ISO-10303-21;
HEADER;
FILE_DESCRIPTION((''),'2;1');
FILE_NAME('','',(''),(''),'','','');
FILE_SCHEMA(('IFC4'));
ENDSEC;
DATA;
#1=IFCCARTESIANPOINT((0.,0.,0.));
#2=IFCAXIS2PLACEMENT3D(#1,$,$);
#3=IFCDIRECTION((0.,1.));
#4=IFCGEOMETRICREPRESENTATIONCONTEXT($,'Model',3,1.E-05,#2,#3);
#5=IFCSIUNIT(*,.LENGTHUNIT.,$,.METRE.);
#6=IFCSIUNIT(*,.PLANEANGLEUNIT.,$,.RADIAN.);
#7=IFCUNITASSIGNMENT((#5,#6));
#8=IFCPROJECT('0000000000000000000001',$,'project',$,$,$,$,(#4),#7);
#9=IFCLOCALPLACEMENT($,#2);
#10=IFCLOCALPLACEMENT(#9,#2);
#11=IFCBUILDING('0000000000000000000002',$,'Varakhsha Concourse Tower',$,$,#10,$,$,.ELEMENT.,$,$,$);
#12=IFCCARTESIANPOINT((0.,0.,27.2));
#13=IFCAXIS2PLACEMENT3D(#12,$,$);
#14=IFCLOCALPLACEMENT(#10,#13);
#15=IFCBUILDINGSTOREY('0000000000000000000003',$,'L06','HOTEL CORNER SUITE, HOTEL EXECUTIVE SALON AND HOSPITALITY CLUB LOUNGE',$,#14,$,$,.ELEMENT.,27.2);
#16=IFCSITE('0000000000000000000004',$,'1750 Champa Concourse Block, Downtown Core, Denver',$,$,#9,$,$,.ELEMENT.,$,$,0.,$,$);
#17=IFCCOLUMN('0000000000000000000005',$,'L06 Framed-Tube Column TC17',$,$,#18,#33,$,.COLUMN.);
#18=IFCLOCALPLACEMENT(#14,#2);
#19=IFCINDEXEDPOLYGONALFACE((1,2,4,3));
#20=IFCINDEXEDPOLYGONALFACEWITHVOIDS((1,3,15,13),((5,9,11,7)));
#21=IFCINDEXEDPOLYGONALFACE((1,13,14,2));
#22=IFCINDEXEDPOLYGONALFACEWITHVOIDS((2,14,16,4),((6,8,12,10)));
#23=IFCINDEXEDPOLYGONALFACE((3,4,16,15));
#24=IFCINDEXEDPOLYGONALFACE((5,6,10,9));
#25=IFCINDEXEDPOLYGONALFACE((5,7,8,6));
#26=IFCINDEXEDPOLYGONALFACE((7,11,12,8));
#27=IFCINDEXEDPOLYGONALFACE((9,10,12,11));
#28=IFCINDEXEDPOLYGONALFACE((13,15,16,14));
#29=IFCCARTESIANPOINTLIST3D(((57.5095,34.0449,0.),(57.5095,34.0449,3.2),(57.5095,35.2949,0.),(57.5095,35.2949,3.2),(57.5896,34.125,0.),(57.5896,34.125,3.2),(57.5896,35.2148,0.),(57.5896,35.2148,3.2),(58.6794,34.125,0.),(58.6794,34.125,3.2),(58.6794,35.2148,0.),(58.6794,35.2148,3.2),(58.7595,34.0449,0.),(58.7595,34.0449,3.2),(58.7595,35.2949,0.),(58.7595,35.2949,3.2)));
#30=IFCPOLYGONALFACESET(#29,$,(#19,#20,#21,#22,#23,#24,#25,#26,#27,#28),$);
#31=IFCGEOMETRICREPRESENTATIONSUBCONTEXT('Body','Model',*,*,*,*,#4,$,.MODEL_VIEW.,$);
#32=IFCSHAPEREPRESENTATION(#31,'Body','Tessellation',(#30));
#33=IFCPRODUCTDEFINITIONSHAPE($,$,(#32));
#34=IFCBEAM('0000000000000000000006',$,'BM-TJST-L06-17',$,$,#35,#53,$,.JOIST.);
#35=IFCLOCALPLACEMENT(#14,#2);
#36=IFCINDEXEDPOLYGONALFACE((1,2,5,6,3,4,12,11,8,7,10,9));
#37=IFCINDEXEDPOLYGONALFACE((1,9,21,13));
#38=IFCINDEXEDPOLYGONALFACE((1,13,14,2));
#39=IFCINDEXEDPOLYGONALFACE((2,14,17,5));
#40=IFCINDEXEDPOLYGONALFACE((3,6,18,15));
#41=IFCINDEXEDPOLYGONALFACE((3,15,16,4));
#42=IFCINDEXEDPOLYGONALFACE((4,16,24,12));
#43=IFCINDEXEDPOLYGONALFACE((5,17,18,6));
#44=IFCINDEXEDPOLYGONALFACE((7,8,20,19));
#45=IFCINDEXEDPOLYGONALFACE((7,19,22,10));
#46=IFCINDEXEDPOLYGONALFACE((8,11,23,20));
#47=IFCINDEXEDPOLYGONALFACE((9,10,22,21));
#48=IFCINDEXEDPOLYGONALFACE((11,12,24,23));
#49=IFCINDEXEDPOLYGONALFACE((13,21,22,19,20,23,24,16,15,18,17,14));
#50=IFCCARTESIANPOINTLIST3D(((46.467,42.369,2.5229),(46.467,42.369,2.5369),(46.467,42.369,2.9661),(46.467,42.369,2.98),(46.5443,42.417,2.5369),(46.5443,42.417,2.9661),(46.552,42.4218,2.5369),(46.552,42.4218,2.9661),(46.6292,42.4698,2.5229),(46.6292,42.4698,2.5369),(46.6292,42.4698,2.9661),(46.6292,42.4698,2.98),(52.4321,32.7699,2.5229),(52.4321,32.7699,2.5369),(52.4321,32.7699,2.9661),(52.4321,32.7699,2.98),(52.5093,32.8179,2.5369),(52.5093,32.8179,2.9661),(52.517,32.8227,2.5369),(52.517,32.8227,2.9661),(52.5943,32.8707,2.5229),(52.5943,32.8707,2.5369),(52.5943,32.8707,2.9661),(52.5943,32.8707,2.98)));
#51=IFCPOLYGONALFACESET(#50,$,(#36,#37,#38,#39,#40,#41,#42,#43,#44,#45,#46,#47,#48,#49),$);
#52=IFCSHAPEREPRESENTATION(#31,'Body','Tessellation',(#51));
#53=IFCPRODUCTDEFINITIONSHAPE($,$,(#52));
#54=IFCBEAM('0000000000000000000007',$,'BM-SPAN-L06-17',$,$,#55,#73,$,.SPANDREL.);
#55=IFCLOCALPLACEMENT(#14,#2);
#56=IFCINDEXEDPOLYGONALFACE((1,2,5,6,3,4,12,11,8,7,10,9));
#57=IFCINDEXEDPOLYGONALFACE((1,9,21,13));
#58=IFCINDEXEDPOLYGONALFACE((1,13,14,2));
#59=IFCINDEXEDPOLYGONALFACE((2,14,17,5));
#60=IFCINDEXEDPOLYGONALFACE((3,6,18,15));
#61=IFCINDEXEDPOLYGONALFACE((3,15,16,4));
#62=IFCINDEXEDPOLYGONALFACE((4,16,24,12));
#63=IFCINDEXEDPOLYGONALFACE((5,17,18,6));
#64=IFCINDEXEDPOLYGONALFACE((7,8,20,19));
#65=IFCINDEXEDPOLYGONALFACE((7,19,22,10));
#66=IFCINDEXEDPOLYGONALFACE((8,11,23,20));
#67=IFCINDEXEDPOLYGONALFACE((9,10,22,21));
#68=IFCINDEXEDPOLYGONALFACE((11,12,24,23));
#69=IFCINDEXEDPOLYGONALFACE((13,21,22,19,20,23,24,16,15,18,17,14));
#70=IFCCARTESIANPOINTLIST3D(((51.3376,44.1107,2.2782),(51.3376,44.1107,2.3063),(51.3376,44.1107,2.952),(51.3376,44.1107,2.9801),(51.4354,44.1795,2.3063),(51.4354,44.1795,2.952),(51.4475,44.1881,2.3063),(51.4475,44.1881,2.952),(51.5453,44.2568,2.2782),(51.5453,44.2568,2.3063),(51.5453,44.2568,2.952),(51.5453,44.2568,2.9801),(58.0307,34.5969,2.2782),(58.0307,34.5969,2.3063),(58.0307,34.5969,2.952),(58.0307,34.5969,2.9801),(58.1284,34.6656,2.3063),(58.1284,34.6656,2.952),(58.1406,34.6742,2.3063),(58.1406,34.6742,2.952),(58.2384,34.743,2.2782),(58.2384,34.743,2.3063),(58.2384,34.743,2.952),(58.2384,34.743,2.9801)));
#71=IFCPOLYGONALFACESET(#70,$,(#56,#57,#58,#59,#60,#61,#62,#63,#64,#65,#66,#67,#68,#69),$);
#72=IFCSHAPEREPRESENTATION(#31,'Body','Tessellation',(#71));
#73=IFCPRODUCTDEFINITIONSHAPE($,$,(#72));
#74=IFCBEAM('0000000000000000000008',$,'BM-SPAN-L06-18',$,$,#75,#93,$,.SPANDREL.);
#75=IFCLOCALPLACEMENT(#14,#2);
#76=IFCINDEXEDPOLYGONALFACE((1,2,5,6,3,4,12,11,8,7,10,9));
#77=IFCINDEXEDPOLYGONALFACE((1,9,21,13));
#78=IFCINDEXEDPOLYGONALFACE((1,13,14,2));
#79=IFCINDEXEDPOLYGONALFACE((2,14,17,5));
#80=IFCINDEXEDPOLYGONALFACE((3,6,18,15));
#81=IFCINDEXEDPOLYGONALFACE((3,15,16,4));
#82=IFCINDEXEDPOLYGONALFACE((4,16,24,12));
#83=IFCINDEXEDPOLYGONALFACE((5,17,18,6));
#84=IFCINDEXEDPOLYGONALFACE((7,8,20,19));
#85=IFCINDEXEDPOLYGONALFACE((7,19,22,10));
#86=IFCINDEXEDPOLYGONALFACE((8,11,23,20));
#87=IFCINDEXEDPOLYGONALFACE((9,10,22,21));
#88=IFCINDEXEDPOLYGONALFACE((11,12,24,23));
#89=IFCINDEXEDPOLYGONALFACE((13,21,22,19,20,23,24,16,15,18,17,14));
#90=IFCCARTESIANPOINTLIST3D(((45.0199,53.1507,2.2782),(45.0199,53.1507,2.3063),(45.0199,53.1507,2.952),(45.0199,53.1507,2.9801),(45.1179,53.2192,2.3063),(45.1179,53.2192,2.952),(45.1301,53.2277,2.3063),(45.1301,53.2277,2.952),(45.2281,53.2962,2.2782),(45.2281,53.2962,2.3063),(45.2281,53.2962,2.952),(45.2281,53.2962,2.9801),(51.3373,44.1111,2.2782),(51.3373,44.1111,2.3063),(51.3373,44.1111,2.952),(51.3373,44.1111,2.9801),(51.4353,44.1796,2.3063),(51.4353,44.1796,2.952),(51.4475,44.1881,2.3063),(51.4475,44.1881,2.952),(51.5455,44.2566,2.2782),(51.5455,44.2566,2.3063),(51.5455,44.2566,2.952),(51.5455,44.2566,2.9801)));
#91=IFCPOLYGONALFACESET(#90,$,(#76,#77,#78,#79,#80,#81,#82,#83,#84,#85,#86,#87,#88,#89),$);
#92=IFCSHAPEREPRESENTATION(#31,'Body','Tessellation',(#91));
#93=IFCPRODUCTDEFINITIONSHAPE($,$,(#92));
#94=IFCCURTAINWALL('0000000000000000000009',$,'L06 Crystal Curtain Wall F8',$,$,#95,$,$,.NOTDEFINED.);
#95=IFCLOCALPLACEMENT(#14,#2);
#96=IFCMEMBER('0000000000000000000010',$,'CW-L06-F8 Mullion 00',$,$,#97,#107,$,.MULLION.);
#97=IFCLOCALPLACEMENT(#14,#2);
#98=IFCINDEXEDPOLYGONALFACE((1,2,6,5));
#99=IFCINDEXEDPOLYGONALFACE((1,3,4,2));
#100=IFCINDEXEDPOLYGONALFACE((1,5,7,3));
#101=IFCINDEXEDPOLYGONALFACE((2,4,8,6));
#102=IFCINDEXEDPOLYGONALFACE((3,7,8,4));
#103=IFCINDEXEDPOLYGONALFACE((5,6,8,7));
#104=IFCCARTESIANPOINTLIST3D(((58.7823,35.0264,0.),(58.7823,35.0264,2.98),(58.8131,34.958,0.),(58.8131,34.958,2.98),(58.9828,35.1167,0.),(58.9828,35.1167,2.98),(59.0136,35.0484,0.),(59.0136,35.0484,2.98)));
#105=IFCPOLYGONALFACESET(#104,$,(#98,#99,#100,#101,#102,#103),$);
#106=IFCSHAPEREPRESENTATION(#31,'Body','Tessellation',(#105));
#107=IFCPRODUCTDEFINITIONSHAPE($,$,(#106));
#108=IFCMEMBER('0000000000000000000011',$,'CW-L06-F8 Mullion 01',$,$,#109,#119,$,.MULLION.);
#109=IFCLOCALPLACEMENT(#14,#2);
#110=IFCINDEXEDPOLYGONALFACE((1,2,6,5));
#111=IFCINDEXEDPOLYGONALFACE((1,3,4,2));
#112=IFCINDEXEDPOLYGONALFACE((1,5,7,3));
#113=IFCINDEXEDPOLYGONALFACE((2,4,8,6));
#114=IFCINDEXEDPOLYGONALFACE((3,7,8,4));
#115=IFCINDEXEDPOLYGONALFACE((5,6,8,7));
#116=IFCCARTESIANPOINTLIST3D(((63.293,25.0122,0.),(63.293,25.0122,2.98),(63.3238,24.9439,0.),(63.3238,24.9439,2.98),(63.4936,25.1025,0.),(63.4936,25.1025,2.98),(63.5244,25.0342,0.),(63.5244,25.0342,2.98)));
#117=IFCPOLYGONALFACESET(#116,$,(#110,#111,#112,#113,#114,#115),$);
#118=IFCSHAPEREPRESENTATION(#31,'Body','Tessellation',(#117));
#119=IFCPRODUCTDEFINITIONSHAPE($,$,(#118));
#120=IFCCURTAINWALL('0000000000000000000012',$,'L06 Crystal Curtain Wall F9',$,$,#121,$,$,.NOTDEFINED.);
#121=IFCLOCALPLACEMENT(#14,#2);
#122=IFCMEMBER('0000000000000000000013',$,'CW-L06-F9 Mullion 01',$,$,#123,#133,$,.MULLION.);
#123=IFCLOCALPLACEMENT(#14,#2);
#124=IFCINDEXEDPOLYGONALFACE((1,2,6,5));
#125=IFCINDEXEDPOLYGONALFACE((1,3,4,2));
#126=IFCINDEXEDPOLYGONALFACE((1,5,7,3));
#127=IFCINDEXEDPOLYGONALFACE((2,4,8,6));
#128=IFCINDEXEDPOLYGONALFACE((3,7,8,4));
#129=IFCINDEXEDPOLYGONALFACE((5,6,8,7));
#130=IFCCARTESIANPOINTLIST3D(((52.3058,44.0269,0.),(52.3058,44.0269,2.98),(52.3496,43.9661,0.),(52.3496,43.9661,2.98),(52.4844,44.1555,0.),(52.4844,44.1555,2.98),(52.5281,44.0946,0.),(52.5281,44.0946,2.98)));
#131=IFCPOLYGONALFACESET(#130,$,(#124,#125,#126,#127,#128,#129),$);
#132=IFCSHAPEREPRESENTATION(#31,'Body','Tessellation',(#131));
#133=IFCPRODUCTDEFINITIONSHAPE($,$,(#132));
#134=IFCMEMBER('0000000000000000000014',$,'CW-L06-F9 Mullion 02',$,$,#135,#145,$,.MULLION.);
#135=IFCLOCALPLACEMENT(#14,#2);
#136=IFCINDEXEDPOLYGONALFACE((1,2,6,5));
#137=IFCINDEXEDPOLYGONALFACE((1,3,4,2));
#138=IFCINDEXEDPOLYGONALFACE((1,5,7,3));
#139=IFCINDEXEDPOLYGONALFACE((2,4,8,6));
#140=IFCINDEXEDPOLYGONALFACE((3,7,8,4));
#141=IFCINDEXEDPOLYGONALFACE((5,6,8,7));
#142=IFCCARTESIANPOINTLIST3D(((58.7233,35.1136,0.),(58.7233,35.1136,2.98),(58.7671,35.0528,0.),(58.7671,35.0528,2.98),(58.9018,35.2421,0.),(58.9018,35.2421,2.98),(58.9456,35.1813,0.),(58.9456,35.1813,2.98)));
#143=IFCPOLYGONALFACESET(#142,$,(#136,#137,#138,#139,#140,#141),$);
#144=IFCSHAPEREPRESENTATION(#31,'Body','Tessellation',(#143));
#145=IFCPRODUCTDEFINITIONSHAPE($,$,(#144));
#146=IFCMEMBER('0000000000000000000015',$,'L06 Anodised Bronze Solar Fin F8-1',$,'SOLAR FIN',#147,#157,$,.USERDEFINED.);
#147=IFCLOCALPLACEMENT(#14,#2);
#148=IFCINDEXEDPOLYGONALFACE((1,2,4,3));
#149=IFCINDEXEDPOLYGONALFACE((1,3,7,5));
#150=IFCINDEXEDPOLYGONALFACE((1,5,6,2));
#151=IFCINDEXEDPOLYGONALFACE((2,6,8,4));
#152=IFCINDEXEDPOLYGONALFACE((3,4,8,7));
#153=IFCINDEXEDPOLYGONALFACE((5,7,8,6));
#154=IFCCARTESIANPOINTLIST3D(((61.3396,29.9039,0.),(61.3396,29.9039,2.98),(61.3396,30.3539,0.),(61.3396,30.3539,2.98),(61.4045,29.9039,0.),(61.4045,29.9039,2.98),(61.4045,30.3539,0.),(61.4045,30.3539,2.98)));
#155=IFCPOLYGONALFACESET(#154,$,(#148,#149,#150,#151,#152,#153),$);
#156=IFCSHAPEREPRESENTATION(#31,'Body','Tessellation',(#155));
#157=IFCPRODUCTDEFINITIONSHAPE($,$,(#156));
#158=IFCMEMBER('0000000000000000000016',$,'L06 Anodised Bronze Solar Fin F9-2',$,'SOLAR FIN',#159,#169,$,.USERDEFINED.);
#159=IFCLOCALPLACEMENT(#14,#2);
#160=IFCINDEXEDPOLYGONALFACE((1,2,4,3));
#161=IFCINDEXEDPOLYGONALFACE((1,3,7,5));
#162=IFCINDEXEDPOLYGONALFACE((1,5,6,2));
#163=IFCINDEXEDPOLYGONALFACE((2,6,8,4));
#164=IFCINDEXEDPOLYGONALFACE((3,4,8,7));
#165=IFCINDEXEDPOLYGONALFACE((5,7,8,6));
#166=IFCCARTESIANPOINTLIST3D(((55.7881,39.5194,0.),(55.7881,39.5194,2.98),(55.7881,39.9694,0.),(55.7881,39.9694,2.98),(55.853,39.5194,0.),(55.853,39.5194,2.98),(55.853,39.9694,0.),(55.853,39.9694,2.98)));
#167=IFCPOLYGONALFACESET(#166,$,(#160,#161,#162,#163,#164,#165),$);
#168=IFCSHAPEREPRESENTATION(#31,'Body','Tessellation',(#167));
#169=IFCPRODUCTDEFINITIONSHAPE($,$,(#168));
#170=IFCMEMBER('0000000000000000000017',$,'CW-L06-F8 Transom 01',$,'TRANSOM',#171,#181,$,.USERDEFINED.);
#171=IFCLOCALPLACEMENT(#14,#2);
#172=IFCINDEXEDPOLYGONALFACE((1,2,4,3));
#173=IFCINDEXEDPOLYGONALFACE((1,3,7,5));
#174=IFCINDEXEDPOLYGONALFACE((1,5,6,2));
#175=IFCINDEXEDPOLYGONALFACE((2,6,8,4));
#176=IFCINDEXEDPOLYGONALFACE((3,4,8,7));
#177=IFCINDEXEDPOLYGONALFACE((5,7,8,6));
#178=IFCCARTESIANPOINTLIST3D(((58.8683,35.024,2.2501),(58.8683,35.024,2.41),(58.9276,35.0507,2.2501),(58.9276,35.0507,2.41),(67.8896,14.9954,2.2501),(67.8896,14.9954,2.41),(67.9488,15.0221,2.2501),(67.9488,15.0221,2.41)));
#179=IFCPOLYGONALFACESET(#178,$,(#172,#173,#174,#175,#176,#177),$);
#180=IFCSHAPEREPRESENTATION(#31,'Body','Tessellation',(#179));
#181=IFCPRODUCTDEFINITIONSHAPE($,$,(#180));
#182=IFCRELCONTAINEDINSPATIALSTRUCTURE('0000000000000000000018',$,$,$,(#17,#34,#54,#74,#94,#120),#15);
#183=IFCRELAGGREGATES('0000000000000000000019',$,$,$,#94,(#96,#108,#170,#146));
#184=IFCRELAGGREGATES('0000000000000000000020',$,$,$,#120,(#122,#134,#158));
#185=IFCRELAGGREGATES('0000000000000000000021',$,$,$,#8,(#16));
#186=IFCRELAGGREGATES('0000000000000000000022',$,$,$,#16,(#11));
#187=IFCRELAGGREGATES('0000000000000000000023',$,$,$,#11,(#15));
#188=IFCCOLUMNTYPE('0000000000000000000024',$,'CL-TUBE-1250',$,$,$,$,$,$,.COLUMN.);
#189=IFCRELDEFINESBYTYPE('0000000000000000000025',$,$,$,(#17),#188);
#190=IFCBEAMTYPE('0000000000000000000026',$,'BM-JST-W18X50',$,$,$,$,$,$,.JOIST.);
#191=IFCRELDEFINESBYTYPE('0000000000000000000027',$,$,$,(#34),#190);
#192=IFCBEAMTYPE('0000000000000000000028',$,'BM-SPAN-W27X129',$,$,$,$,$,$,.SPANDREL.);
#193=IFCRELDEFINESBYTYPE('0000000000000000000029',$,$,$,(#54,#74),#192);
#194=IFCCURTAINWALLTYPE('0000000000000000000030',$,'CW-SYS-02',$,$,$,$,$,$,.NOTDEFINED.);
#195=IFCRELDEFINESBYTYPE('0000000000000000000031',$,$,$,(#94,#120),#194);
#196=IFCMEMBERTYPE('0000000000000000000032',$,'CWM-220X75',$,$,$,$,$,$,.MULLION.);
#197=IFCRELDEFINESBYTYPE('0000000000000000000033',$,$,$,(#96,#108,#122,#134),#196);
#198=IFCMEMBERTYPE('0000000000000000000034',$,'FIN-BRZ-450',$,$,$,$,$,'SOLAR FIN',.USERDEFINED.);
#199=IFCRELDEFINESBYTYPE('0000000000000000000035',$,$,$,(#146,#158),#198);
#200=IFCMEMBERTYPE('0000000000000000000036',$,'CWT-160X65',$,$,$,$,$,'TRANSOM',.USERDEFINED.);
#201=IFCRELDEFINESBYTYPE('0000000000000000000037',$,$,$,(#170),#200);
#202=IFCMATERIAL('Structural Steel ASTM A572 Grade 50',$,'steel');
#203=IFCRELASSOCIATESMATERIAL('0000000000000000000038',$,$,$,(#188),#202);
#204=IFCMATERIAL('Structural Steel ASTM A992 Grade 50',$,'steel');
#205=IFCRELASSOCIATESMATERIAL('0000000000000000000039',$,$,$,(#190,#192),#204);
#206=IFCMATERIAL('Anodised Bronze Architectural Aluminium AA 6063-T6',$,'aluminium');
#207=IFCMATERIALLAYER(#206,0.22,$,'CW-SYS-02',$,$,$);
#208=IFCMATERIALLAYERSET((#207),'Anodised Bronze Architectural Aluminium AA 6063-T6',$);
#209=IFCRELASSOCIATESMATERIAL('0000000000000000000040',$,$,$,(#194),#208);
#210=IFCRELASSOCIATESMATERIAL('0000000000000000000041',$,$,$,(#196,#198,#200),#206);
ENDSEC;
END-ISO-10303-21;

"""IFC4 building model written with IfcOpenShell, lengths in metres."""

from ifc_helpers import new_model, si_unit, direction, frame, origin, origin_2d, place, context, subcontext, project, spatial, rectangle, hollow_rectangle, i_section, extrude, source, transform, mapped, material, layer, layer_set, material_profile, profile_set, type_object, type_shapes, element, aggregate, save


model = new_model("IFC4")

# Units and contexts
model_context = context("Model", 3, precision=1e-05, world=origin(), true_north=direction((0.0, 1.0)))
body_context = subcontext(model_context, "Body", "Model", "MODEL_VIEW")
ifc_project = project(units=[si_unit("LENGTHUNIT", "METRE"), si_unit("PLANEANGLEUNIT", "RADIAN")], contexts=[model_context])

# Site, building, storey
site_placement = place(None, origin())
site = spatial("IfcSite", under=ifc_project, at=site_placement, Name="1750 Champa Concourse Block, Downtown Core, Denver", CompositionType="ELEMENT", RefElevation=0.0)
building_placement = place(site_placement, origin())
building = spatial("IfcBuilding", under=site, at=building_placement, Name="Varakhsha Concourse Tower", CompositionType="ELEMENT")
storey_placement = place(building_placement, frame((0.0, 0.0, 27.2)))
storey = spatial("IfcBuildingStorey", under=building, at=storey_placement, Name="L06", Description="HOTEL CORNER SUITE, HOTEL EXECUTIVE SALON AND HOSPITALITY CLUB LOUNGE", CompositionType="ELEMENT", Elevation=27.2)

# Column
ifc_material_1 = material(Name="Structural Steel ASTM A572 Grade 50", Category="steel")
ifc_material_profile_1 = material_profile(ifc_material_1, hollow_rectangle(XDim=1.25, YDim=1.25, WallThickness=0.0801, at=origin_2d()), Name="BOX 1250x1250x80")
ifc_profile_set_1 = profile_set([ifc_material_profile_1], Name="Structural Steel ASTM A572 Grade 50")
column_type = type_object("IfcColumnType", Name="CL-TUBE-1250", PredefinedType="COLUMN", material=ifc_profile_set_1)
column_placement = place(storey_placement, frame((58.1345, 34.6699, 0.0), z_axis=(0.0, 0.0, 1.0), x_axis=(1.0, 0.0, 0.0)))
element("IfcColumn", 1, at=column_placement, inside=storey, type_object=column_type, Name="L06 Framed-Tube Column TC17", PredefinedType="COLUMN", context=body_context, shape_type="SweptSolid", body=[
    extrude(hollow_rectangle(XDim=1.25, YDim=1.25, WallThickness=0.0801, at=origin_2d()), origin(), (0.0, 0.0, 1.0), 3.2),
])

# Beams
ifc_material_2 = material(Name="Structural Steel ASTM A992 Grade 50", Category="steel")
ifc_material_profile_2 = material_profile(ifc_material_2, i_section(OverallWidth=0.1909, OverallDepth=0.457, WebThickness=0.009, FlangeThickness=0.0139, at=origin_2d()), Name="W18X50")
ifc_profile_set_2 = profile_set([ifc_material_profile_2], Name="Structural Steel ASTM A992 Grade 50")
beam_type_1 = type_object("IfcBeamType", Name="BM-JST-W18X50", PredefinedType="JOIST", material=ifc_profile_set_2)
beam_1_placement = place(storey_placement, frame((52.5132, 32.8203, 2.7515), z_axis=(-0.527811, 0.849362, 0.0), x_axis=(-0.849362, -0.527811, 0.0)))
element("IfcBeam", 2, at=beam_1_placement, inside=storey, type_object=beam_type_1, Name="BM-TJST-L06-17", PredefinedType="JOIST", context=body_context, shape_type="SweptSolid", body=[
    extrude(i_section(OverallWidth=0.1909, OverallDepth=0.457, WebThickness=0.009, FlangeThickness=0.0139, at=origin_2d()), origin(), (0.0, 0.0, 1.0), 11.3015),
])
ifc_material_profile_3 = material_profile(ifc_material_2, i_section(OverallWidth=0.2539, OverallDepth=0.7019, WebThickness=0.0149, FlangeThickness=0.0281, at=origin_2d()), Name="W27X129")
ifc_profile_set_3 = profile_set([ifc_material_profile_3], Name="Structural Steel ASTM A992 Grade 50")
beam_type_2 = type_object("IfcBeamType", Name="BM-SPAN-W27X129", PredefinedType="SPANDREL", material=ifc_profile_set_3)
beam_2_placement = place(storey_placement, frame((58.1345, 34.6699, 2.6292), z_axis=(-0.575386, 0.817882, 0.0), x_axis=(-0.817882, -0.575386, 0.0)))
element("IfcBeam", 3, at=beam_2_placement, inside=storey, type_object=beam_type_2, Name="BM-SPAN-L06-17", PredefinedType="SPANDREL", context=body_context, shape_type="SweptSolid", body=[
    extrude(i_section(OverallWidth=0.2539, OverallDepth=0.7019, WebThickness=0.0149, FlangeThickness=0.0281, at=origin_2d()), origin(), (0.0, 0.0, 1.0), 11.6323),
])
beam_3_placement = place(storey_placement, frame((51.4414, 44.1838, 2.6292), z_axis=(-0.572835, 0.819671, 0.0), x_axis=(-0.819671, -0.572835, 0.0)))
element("IfcBeam", 4, at=beam_3_placement, inside=storey, type_object=beam_type_2, Name="BM-SPAN-L06-18", PredefinedType="SPANDREL", context=body_context, shape_type="SweptSolid", body=[
    extrude(i_section(OverallWidth=0.2539, OverallDepth=0.7019, WebThickness=0.0149, FlangeThickness=0.0281, at=origin_2d()), origin(), (0.0, 0.0, 1.0), 11.0283),
])

# Curtain walls, members
ifc_material_3 = material(Name="Anodised Bronze Architectural Aluminium AA 6063-T6", Category="aluminium")
ifc_layer_1 = layer(ifc_material_3, 0.22, Name="CW-SYS-02")
ifc_layer_set_1 = layer_set([ifc_layer_1], Name="Anodised Bronze Architectural Aluminium AA 6063-T6")
curtain_wall_type = type_object("IfcCurtainWallType", Name="CW-SYS-02", PredefinedType="NOTDEFINED", material=ifc_layer_set_1)
curtain_wall_1_placement = place(storey_placement, origin())
curtain_wall_1 = element("IfcCurtainWall", 5, at=curtain_wall_1_placement, inside=storey, type_object=curtain_wall_type, Name="L06 Crystal Curtain Wall F8", PredefinedType="NOTDEFINED")
ifc_material_profile_4 = material_profile(ifc_material_3, rectangle(XDim=0.075, YDim=0.22, at=origin_2d()), Name="CWM-220X75")
ifc_profile_set_4 = profile_set([ifc_material_profile_4], Name="Anodised Bronze Architectural Aluminium AA 6063-T6")
member_type_1 = type_object("IfcMemberType", Name="CWM-220X75", PredefinedType="MULLION", material=ifc_profile_set_4)
shared_shape_1 = source(origin(), body_context, "Body", "SweptSolid", [
    extrude(rectangle(XDim=0.075, YDim=0.22, at=origin_2d()), origin(), (0.0, 0.0, 1.0), 2.98),
])
type_shapes(member_type_1, [shared_shape_1])
member_1_placement = place(storey_placement, frame((58.8979, 35.0374, 0.0), z_axis=(0.0, 0.0, 1.0), x_axis=(0.410684, -0.911778, 0.0)))
member_1 = element("IfcMember", 6, at=member_1_placement, type_object=member_type_1, Name="CW-L06-F8 Mullion 00", PredefinedType="MULLION", context=body_context, shape_type="MappedRepresentation", body=[
    mapped(shared_shape_1, transform((0.0, 0.0, 0.0), scale=1.0)),
])
member_2_placement = place(storey_placement, frame((63.4087, 25.0232, 0.0), z_axis=(0.0, 0.0, 1.0), x_axis=(0.410684, -0.911778, 0.0)))
member_2 = element("IfcMember", 7, at=member_2_placement, type_object=member_type_1, Name="CW-L06-F8 Mullion 01", PredefinedType="MULLION", context=body_context, shape_type="MappedRepresentation", body=[
    mapped(shared_shape_1, transform((0.0, 0.0, 0.0), scale=1.0)),
])
curtain_wall_2_placement = place(storey_placement, origin())
curtain_wall_2 = element("IfcCurtainWall", 8, at=curtain_wall_2_placement, inside=storey, type_object=curtain_wall_type, Name="L06 Crystal Curtain Wall F9", PredefinedType="NOTDEFINED")
member_3_placement = place(storey_placement, frame((52.417, 44.0608, 0.0), z_axis=(0.0, 0.0, 1.0), x_axis=(0.584284, -0.81155, 0.0)))
member_3 = element("IfcMember", 9, at=member_3_placement, type_object=member_type_1, Name="CW-L06-F9 Mullion 01", PredefinedType="MULLION", context=body_context, shape_type="MappedRepresentation", body=[
    mapped(shared_shape_1, transform((0.0, 0.0, 0.0), scale=1.0)),
])
member_4_placement = place(storey_placement, frame((58.8345, 35.1475, 0.0), z_axis=(0.0, 0.0, 1.0), x_axis=(0.584284, -0.81155, 0.0)))
member_4 = element("IfcMember", 10, at=member_4_placement, type_object=member_type_1, Name="CW-L06-F9 Mullion 02", PredefinedType="MULLION", context=body_context, shape_type="MappedRepresentation", body=[
    mapped(shared_shape_1, transform((0.0, 0.0, 0.0), scale=1.0)),
])

# Members
ifc_material_profile_5 = material_profile(ifc_material_3, rectangle(XDim=0.0649, YDim=0.45, at=origin_2d()), Name="FIN-BRZ-450")
ifc_profile_set_5 = profile_set([ifc_material_profile_5], Name="Anodised Bronze Architectural Aluminium AA 6063-T6")
member_type_2 = type_object("IfcMemberType", Name="FIN-BRZ-450", ElementType="SOLAR FIN", PredefinedType="USERDEFINED", material=ifc_profile_set_5)
shared_shape_2 = source(origin(), body_context, "Body", "SweptSolid", [
    extrude(rectangle(XDim=0.0649, YDim=0.45, at=origin_2d()), origin(), (0.0, 0.0, 1.0), 2.98),
])
type_shapes(member_type_2, [shared_shape_2])
member_5_placement = place(storey_placement, frame((61.3721, 30.1289, 0.0), z_axis=(0.0, 0.0, 1.0), x_axis=(1.0, 0.0, 0.0)))
member_5 = element("IfcMember", 11, at=member_5_placement, type_object=member_type_2, Name="L06 Anodised Bronze Solar Fin F8-1", ObjectType="SOLAR FIN", PredefinedType="USERDEFINED", context=body_context, shape_type="MappedRepresentation", body=[
    mapped(shared_shape_2, transform((0.0, 0.0, 0.0), scale=1.0)),
])
member_6_placement = place(storey_placement, frame((55.8206, 39.7444, 0.0), z_axis=(0.0, 0.0, 1.0), x_axis=(1.0, 0.0, 0.0)))
member_6 = element("IfcMember", 12, at=member_6_placement, type_object=member_type_2, Name="L06 Anodised Bronze Solar Fin F9-2", ObjectType="SOLAR FIN", PredefinedType="USERDEFINED", context=body_context, shape_type="MappedRepresentation", body=[
    mapped(shared_shape_2, transform((0.0, 0.0, 0.0), scale=1.0)),
])
ifc_material_profile_6 = material_profile(ifc_material_3, rectangle(XDim=0.0649, YDim=0.1599, at=origin_2d()), Name="CWT-160X65")
ifc_profile_set_6 = profile_set([ifc_material_profile_6], Name="Anodised Bronze Architectural Aluminium AA 6063-T6")
member_type_3 = type_object("IfcMemberType", Name="CWT-160X65", ElementType="TRANSOM", PredefinedType="USERDEFINED", material=ifc_profile_set_6)
shared_shape_3 = source(origin(), body_context, "Body", "SweptSolid", [
    extrude(rectangle(XDim=0.0649, YDim=0.1599, at=origin_2d()), origin(), (0.0, 0.0, 1.0), 21.9666),
])
type_shapes(member_type_3, [shared_shape_3])
member_7_placement = place(storey_placement, frame((58.8979, 35.0374, 2.3301), z_axis=(0.410682, -0.911779, 0.0), x_axis=(0.911779, 0.410682, 0.0)))
member_7 = element("IfcMember", 13, at=member_7_placement, type_object=member_type_3, Name="CW-L06-F8 Transom 01", ObjectType="TRANSOM", PredefinedType="USERDEFINED", context=body_context, shape_type="MappedRepresentation", body=[
    mapped(shared_shape_3, transform((0.0, 0.0, 0.0), scale=1.0)),
])

aggregate(curtain_wall_1, [member_1, member_2, member_7, member_5])
aggregate(curtain_wall_2, [member_3, member_4, member_6])

save(model, "model.ifc")
